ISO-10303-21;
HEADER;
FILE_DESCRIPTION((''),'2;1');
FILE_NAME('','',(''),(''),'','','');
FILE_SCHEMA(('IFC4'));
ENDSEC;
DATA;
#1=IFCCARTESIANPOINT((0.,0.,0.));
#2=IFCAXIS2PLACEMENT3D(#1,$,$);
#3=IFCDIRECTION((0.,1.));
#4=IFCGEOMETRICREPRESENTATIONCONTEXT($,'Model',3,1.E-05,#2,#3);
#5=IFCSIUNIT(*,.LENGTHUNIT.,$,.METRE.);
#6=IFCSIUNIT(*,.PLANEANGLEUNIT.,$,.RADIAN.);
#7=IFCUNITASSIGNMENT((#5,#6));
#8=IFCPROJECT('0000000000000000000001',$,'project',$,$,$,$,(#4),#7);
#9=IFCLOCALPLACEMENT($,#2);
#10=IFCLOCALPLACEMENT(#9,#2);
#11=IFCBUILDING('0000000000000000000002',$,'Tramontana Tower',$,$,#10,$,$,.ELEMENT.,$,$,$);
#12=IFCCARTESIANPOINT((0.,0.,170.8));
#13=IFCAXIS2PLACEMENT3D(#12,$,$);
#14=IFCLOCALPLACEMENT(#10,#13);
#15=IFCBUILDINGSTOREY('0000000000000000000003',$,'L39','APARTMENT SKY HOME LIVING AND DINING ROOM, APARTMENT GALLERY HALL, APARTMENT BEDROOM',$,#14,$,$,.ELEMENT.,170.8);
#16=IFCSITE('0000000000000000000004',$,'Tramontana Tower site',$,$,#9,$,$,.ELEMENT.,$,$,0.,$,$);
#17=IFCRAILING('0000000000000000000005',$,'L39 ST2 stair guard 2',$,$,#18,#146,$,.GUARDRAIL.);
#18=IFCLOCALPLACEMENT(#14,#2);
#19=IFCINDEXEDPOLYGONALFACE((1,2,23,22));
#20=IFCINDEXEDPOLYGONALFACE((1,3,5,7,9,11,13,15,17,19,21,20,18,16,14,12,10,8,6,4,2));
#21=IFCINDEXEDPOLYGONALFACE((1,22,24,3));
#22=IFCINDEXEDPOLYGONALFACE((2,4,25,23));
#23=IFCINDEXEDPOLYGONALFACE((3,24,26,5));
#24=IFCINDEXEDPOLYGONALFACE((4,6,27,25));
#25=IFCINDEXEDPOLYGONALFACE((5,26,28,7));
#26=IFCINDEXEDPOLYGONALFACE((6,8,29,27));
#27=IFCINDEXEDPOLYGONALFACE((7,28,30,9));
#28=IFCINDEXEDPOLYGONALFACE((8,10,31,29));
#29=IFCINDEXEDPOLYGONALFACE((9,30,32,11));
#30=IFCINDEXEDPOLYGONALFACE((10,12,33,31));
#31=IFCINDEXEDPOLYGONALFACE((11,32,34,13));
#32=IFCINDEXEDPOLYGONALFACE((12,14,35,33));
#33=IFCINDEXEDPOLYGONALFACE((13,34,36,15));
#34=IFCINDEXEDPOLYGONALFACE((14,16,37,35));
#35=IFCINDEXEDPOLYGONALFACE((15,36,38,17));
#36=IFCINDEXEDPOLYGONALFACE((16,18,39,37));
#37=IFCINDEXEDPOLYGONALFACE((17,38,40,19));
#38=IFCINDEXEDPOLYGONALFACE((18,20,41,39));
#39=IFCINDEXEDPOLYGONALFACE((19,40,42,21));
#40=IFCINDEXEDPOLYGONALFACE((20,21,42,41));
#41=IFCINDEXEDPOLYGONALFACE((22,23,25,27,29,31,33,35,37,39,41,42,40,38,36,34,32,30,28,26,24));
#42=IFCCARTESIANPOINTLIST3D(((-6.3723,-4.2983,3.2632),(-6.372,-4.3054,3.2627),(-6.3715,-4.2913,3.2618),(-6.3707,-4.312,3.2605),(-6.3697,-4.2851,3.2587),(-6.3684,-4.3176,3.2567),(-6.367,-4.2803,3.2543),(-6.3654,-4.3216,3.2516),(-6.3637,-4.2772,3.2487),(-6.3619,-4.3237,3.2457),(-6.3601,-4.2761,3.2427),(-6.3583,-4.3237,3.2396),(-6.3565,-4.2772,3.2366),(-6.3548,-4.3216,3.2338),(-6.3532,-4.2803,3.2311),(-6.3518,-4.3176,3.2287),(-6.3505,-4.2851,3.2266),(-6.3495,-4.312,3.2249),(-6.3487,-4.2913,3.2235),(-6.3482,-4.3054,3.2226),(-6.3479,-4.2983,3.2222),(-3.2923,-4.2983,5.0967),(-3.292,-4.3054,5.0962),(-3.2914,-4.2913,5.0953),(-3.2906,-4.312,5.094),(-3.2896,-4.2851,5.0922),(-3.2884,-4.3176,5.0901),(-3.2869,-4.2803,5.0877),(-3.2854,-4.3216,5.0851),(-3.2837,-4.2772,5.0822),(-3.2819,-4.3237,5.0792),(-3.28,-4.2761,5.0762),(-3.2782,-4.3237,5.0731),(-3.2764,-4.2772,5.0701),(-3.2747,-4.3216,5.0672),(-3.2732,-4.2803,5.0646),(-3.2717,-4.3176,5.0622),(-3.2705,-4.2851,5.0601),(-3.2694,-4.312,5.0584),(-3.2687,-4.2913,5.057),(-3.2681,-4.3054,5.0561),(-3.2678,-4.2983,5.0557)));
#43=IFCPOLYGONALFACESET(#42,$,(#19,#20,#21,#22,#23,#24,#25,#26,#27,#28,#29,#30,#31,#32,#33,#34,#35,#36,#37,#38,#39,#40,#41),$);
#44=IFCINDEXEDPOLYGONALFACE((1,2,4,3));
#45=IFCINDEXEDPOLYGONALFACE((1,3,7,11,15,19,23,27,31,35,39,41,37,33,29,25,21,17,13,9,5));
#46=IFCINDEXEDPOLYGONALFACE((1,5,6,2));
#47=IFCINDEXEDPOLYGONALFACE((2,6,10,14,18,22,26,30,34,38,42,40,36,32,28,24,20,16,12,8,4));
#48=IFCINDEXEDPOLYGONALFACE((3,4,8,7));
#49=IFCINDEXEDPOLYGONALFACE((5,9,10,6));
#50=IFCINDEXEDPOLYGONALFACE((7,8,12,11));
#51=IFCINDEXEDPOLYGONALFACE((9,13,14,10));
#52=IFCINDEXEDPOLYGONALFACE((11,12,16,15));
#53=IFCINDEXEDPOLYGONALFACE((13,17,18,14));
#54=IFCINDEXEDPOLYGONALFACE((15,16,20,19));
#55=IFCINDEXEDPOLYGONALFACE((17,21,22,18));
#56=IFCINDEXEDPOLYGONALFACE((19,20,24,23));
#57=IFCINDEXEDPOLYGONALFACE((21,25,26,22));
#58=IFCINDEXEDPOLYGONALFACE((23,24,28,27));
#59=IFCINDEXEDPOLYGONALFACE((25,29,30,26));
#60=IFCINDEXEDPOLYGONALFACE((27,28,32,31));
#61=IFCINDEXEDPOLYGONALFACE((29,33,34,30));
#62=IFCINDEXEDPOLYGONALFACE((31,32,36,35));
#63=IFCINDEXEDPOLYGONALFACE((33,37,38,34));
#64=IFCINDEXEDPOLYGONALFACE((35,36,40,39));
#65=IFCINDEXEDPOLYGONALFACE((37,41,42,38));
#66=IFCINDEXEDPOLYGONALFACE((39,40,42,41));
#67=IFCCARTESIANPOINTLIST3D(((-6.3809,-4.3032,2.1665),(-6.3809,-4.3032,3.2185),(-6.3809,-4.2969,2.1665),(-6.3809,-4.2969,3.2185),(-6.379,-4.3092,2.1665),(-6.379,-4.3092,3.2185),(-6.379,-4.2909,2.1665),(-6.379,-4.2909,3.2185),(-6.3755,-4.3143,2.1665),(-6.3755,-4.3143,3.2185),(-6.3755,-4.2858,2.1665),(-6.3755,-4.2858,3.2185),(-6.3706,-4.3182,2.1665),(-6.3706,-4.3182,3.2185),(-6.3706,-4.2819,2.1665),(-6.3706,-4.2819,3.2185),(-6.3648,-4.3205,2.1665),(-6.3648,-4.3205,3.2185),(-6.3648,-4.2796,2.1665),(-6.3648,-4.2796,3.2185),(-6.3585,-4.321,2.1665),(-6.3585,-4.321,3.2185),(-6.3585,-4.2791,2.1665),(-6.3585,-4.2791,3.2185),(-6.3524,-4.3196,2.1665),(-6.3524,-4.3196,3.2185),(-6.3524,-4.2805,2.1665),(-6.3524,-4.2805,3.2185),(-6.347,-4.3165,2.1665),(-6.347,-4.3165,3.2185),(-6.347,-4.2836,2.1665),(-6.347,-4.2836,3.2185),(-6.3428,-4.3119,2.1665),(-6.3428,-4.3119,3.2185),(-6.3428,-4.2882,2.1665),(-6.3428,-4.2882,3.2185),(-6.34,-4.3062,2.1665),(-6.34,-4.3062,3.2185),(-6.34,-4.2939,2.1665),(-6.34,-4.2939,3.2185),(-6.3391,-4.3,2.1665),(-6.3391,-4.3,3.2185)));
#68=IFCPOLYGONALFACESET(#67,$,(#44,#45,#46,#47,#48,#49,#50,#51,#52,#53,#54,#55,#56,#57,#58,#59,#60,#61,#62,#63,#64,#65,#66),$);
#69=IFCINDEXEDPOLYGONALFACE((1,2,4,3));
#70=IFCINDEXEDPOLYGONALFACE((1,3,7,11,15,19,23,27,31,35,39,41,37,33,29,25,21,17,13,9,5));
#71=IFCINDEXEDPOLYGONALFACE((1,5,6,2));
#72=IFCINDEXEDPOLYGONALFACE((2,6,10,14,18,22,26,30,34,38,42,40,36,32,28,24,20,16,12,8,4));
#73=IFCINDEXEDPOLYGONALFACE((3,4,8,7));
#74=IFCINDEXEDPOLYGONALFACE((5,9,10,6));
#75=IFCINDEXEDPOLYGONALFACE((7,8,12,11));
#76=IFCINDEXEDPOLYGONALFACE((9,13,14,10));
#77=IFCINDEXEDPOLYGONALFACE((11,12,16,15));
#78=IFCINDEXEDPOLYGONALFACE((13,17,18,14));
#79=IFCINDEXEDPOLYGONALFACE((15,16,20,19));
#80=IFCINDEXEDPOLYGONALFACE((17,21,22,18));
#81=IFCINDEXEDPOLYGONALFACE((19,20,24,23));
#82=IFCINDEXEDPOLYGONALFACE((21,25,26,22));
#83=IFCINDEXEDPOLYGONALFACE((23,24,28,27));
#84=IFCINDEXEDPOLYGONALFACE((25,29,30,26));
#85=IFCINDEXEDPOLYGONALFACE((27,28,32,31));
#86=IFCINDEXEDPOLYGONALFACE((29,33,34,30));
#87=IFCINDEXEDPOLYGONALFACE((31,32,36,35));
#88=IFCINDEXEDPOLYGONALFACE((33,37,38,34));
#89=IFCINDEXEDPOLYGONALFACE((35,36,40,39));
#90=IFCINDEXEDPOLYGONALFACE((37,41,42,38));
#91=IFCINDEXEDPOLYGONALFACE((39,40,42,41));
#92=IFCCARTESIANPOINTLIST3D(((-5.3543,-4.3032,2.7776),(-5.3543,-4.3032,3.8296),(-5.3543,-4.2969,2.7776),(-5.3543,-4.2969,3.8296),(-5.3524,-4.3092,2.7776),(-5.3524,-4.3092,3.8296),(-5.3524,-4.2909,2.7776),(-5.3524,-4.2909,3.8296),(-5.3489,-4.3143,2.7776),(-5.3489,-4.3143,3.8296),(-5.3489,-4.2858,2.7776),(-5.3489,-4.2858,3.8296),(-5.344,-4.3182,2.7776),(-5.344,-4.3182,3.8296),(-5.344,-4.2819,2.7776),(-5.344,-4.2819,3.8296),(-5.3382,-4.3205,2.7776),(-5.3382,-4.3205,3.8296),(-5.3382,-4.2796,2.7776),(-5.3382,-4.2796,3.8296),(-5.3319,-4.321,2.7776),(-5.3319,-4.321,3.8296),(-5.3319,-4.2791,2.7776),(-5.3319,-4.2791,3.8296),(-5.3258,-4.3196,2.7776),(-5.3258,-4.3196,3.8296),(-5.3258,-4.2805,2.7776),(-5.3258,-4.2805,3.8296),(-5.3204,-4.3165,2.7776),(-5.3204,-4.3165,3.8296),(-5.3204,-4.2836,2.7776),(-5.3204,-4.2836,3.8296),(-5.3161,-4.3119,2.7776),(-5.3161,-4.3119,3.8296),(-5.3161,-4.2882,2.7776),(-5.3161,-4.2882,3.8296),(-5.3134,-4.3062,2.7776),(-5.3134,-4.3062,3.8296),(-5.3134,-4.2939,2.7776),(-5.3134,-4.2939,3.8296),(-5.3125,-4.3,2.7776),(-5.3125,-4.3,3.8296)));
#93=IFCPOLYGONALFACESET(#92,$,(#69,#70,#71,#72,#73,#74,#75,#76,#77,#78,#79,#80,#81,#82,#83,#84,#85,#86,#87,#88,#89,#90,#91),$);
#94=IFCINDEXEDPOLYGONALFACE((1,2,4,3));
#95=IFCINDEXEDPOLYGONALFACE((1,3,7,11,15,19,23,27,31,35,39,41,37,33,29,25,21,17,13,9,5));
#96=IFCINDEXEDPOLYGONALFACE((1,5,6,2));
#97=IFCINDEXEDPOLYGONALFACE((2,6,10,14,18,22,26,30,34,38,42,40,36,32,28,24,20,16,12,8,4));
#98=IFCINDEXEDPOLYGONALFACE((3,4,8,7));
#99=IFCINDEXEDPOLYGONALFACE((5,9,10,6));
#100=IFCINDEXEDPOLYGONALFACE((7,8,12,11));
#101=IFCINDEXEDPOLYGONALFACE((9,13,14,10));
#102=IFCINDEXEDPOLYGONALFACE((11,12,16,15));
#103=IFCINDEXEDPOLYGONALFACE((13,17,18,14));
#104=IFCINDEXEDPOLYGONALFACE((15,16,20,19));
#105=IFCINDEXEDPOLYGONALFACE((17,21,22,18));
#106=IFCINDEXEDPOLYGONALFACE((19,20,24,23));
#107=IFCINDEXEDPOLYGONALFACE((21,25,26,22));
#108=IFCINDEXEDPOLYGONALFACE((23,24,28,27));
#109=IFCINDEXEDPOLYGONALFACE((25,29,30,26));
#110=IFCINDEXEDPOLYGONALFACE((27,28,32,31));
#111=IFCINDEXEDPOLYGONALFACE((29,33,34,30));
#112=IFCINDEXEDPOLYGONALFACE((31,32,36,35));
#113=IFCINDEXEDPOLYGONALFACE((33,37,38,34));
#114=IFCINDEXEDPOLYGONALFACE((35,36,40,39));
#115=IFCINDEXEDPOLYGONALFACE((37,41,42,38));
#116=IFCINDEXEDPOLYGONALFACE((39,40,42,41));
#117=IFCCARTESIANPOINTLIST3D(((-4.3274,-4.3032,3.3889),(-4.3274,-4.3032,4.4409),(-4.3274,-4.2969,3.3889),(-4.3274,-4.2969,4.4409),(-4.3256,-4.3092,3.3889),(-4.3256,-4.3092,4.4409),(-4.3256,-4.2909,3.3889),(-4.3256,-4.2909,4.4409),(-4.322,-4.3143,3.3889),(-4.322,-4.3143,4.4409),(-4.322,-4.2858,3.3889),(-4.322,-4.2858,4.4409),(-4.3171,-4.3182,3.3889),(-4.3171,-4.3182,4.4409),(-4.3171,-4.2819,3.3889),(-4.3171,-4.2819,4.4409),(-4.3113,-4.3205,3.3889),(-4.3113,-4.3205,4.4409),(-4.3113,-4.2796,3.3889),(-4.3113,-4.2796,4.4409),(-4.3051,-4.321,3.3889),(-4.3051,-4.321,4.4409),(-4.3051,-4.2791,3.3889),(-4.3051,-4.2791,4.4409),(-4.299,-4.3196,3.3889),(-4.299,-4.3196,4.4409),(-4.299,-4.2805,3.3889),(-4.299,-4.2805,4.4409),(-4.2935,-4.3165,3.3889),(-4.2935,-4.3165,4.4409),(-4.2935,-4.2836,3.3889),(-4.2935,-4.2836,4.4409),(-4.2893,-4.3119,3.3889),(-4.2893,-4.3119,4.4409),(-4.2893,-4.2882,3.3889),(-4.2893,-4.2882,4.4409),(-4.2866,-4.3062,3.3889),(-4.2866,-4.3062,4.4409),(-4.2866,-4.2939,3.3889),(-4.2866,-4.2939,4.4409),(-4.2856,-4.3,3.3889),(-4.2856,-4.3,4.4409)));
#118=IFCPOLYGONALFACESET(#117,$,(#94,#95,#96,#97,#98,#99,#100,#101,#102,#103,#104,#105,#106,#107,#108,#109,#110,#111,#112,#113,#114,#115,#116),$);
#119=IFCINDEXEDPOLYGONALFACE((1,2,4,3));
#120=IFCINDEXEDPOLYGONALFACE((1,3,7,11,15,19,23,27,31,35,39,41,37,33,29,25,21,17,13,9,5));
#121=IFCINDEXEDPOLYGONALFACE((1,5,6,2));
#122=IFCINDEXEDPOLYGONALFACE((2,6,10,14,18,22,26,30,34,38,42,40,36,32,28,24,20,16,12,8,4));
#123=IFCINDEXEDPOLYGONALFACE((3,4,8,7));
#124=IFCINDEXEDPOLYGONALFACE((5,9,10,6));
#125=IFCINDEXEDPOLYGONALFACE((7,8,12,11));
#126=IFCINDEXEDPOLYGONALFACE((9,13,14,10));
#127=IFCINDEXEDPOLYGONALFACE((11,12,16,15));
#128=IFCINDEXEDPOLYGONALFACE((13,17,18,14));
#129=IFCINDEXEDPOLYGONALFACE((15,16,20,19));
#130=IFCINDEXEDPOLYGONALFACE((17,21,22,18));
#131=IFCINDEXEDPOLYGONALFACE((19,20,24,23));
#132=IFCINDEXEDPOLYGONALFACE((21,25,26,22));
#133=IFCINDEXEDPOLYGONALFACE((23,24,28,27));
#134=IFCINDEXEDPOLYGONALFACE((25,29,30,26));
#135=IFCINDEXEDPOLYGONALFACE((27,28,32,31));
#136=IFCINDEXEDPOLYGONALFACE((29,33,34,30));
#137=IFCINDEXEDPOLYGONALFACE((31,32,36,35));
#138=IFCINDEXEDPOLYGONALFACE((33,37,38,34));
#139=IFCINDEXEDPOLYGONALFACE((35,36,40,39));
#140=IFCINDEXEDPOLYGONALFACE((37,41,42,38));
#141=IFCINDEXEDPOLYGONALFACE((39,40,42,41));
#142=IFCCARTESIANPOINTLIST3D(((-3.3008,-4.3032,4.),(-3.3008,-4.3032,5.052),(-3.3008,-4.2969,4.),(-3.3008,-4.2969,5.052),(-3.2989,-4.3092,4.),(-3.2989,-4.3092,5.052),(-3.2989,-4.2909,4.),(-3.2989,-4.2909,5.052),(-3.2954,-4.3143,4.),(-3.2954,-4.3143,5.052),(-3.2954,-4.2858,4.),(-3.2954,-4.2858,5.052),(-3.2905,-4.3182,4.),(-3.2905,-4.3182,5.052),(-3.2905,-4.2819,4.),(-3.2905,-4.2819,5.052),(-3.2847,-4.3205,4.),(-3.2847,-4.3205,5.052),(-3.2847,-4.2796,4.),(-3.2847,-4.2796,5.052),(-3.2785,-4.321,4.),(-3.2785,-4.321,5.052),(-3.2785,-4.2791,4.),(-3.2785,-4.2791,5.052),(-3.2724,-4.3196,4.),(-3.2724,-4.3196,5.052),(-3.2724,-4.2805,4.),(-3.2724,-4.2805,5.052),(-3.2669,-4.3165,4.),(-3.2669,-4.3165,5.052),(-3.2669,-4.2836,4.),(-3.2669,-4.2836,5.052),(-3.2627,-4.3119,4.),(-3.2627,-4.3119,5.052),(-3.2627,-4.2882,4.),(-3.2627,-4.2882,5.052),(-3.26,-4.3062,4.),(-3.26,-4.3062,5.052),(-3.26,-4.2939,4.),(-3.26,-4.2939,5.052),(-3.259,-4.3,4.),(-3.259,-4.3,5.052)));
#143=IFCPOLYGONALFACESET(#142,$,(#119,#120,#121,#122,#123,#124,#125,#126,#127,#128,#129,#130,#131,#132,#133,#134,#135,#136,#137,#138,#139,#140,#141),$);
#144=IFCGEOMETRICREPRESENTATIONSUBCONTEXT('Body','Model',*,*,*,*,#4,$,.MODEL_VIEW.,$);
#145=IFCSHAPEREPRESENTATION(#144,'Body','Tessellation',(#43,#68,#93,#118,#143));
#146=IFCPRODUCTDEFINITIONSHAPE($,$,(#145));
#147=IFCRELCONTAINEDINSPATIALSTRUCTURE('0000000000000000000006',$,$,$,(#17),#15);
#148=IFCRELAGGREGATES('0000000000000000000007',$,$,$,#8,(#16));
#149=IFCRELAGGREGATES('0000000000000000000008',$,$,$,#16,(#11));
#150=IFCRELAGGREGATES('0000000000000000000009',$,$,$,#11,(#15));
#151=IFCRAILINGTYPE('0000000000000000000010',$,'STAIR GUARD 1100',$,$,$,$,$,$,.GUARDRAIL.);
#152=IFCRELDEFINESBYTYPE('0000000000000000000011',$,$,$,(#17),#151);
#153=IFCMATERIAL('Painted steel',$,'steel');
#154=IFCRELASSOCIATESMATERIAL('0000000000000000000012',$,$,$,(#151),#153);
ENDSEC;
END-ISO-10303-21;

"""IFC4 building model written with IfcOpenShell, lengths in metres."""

from ifc_helpers import new_model, si_unit, direction, frame, origin, origin_2d, place, context, subcontext, project, spatial, circle, extrude, material, type_object, element, save


model = new_model("IFC4")

# Units and contexts
model_context = context("Model", 3, precision=1e-05, world=origin(), true_north=direction((0.0, 1.0)))
body_context = subcontext(model_context, "Body", "Model", "MODEL_VIEW")
ifc_project = project(units=[si_unit("LENGTHUNIT", "METRE"), si_unit("PLANEANGLEUNIT", "RADIAN")], contexts=[model_context])

# Site, building, storey
site_placement = place(None, origin())
site = spatial("IfcSite", under=ifc_project, at=site_placement, Name="Tramontana Tower site", CompositionType="ELEMENT", RefElevation=0.0)
building_placement = place(site_placement, origin())
building = spatial("IfcBuilding", under=site, at=building_placement, Name="Tramontana Tower", CompositionType="ELEMENT")
storey_placement = place(building_placement, frame((0.0, 0.0, 170.8)))
storey = spatial("IfcBuildingStorey", under=building, at=storey_placement, Name="L39", Description="APARTMENT SKY HOME LIVING AND DINING ROOM, APARTMENT GALLERY HALL, APARTMENT BEDROOM", CompositionType="ELEMENT", Elevation=170.8)

# Railing
ifc_material_1 = material(Name="Painted steel", Category="steel")
railing_type_1 = type_object("IfcRailingType", Name="STAIR GUARD 1100", PredefinedType="GUARDRAIL", material=ifc_material_1)
railing_1_placement = place(storey_placement, frame((-6.3601, -4.3, 2.1665)))
element("IfcRailing", 1, at=railing_1_placement, inside=storey, type_object=railing_type_1, Name="L39 ST2 stair guard 2", PredefinedType="GUARDRAIL", context=body_context, shape_type="SweptSolid", body=[
    extrude(circle(Radius=0.0239, at=origin_2d()), frame((0.0, 0.0, 1.0762), z_axis=(0.859279, 0.0, 0.511508), x_axis=(0.0, 1.0, 0.0)), (0.0, 0.0, 1.0), 3.5845),
    extrude(circle(Radius=0.021, at=origin_2d()), origin(), (0.0, 0.0, 1.0), 1.052),
    extrude(circle(Radius=0.021, at=origin_2d()), frame((1.0266, 0.0, 0.6111)), (0.0, 0.0, 1.0), 1.052),
    extrude(circle(Radius=0.021, at=origin_2d()), frame((2.0535, 0.0, 1.2224)), (0.0, 0.0, 1.0), 1.052),
    extrude(circle(Radius=0.021, at=origin_2d()), frame((3.0801, 0.0, 1.8335)), (0.0, 0.0, 1.0), 1.052),
])

save(model, "model.ifc")
